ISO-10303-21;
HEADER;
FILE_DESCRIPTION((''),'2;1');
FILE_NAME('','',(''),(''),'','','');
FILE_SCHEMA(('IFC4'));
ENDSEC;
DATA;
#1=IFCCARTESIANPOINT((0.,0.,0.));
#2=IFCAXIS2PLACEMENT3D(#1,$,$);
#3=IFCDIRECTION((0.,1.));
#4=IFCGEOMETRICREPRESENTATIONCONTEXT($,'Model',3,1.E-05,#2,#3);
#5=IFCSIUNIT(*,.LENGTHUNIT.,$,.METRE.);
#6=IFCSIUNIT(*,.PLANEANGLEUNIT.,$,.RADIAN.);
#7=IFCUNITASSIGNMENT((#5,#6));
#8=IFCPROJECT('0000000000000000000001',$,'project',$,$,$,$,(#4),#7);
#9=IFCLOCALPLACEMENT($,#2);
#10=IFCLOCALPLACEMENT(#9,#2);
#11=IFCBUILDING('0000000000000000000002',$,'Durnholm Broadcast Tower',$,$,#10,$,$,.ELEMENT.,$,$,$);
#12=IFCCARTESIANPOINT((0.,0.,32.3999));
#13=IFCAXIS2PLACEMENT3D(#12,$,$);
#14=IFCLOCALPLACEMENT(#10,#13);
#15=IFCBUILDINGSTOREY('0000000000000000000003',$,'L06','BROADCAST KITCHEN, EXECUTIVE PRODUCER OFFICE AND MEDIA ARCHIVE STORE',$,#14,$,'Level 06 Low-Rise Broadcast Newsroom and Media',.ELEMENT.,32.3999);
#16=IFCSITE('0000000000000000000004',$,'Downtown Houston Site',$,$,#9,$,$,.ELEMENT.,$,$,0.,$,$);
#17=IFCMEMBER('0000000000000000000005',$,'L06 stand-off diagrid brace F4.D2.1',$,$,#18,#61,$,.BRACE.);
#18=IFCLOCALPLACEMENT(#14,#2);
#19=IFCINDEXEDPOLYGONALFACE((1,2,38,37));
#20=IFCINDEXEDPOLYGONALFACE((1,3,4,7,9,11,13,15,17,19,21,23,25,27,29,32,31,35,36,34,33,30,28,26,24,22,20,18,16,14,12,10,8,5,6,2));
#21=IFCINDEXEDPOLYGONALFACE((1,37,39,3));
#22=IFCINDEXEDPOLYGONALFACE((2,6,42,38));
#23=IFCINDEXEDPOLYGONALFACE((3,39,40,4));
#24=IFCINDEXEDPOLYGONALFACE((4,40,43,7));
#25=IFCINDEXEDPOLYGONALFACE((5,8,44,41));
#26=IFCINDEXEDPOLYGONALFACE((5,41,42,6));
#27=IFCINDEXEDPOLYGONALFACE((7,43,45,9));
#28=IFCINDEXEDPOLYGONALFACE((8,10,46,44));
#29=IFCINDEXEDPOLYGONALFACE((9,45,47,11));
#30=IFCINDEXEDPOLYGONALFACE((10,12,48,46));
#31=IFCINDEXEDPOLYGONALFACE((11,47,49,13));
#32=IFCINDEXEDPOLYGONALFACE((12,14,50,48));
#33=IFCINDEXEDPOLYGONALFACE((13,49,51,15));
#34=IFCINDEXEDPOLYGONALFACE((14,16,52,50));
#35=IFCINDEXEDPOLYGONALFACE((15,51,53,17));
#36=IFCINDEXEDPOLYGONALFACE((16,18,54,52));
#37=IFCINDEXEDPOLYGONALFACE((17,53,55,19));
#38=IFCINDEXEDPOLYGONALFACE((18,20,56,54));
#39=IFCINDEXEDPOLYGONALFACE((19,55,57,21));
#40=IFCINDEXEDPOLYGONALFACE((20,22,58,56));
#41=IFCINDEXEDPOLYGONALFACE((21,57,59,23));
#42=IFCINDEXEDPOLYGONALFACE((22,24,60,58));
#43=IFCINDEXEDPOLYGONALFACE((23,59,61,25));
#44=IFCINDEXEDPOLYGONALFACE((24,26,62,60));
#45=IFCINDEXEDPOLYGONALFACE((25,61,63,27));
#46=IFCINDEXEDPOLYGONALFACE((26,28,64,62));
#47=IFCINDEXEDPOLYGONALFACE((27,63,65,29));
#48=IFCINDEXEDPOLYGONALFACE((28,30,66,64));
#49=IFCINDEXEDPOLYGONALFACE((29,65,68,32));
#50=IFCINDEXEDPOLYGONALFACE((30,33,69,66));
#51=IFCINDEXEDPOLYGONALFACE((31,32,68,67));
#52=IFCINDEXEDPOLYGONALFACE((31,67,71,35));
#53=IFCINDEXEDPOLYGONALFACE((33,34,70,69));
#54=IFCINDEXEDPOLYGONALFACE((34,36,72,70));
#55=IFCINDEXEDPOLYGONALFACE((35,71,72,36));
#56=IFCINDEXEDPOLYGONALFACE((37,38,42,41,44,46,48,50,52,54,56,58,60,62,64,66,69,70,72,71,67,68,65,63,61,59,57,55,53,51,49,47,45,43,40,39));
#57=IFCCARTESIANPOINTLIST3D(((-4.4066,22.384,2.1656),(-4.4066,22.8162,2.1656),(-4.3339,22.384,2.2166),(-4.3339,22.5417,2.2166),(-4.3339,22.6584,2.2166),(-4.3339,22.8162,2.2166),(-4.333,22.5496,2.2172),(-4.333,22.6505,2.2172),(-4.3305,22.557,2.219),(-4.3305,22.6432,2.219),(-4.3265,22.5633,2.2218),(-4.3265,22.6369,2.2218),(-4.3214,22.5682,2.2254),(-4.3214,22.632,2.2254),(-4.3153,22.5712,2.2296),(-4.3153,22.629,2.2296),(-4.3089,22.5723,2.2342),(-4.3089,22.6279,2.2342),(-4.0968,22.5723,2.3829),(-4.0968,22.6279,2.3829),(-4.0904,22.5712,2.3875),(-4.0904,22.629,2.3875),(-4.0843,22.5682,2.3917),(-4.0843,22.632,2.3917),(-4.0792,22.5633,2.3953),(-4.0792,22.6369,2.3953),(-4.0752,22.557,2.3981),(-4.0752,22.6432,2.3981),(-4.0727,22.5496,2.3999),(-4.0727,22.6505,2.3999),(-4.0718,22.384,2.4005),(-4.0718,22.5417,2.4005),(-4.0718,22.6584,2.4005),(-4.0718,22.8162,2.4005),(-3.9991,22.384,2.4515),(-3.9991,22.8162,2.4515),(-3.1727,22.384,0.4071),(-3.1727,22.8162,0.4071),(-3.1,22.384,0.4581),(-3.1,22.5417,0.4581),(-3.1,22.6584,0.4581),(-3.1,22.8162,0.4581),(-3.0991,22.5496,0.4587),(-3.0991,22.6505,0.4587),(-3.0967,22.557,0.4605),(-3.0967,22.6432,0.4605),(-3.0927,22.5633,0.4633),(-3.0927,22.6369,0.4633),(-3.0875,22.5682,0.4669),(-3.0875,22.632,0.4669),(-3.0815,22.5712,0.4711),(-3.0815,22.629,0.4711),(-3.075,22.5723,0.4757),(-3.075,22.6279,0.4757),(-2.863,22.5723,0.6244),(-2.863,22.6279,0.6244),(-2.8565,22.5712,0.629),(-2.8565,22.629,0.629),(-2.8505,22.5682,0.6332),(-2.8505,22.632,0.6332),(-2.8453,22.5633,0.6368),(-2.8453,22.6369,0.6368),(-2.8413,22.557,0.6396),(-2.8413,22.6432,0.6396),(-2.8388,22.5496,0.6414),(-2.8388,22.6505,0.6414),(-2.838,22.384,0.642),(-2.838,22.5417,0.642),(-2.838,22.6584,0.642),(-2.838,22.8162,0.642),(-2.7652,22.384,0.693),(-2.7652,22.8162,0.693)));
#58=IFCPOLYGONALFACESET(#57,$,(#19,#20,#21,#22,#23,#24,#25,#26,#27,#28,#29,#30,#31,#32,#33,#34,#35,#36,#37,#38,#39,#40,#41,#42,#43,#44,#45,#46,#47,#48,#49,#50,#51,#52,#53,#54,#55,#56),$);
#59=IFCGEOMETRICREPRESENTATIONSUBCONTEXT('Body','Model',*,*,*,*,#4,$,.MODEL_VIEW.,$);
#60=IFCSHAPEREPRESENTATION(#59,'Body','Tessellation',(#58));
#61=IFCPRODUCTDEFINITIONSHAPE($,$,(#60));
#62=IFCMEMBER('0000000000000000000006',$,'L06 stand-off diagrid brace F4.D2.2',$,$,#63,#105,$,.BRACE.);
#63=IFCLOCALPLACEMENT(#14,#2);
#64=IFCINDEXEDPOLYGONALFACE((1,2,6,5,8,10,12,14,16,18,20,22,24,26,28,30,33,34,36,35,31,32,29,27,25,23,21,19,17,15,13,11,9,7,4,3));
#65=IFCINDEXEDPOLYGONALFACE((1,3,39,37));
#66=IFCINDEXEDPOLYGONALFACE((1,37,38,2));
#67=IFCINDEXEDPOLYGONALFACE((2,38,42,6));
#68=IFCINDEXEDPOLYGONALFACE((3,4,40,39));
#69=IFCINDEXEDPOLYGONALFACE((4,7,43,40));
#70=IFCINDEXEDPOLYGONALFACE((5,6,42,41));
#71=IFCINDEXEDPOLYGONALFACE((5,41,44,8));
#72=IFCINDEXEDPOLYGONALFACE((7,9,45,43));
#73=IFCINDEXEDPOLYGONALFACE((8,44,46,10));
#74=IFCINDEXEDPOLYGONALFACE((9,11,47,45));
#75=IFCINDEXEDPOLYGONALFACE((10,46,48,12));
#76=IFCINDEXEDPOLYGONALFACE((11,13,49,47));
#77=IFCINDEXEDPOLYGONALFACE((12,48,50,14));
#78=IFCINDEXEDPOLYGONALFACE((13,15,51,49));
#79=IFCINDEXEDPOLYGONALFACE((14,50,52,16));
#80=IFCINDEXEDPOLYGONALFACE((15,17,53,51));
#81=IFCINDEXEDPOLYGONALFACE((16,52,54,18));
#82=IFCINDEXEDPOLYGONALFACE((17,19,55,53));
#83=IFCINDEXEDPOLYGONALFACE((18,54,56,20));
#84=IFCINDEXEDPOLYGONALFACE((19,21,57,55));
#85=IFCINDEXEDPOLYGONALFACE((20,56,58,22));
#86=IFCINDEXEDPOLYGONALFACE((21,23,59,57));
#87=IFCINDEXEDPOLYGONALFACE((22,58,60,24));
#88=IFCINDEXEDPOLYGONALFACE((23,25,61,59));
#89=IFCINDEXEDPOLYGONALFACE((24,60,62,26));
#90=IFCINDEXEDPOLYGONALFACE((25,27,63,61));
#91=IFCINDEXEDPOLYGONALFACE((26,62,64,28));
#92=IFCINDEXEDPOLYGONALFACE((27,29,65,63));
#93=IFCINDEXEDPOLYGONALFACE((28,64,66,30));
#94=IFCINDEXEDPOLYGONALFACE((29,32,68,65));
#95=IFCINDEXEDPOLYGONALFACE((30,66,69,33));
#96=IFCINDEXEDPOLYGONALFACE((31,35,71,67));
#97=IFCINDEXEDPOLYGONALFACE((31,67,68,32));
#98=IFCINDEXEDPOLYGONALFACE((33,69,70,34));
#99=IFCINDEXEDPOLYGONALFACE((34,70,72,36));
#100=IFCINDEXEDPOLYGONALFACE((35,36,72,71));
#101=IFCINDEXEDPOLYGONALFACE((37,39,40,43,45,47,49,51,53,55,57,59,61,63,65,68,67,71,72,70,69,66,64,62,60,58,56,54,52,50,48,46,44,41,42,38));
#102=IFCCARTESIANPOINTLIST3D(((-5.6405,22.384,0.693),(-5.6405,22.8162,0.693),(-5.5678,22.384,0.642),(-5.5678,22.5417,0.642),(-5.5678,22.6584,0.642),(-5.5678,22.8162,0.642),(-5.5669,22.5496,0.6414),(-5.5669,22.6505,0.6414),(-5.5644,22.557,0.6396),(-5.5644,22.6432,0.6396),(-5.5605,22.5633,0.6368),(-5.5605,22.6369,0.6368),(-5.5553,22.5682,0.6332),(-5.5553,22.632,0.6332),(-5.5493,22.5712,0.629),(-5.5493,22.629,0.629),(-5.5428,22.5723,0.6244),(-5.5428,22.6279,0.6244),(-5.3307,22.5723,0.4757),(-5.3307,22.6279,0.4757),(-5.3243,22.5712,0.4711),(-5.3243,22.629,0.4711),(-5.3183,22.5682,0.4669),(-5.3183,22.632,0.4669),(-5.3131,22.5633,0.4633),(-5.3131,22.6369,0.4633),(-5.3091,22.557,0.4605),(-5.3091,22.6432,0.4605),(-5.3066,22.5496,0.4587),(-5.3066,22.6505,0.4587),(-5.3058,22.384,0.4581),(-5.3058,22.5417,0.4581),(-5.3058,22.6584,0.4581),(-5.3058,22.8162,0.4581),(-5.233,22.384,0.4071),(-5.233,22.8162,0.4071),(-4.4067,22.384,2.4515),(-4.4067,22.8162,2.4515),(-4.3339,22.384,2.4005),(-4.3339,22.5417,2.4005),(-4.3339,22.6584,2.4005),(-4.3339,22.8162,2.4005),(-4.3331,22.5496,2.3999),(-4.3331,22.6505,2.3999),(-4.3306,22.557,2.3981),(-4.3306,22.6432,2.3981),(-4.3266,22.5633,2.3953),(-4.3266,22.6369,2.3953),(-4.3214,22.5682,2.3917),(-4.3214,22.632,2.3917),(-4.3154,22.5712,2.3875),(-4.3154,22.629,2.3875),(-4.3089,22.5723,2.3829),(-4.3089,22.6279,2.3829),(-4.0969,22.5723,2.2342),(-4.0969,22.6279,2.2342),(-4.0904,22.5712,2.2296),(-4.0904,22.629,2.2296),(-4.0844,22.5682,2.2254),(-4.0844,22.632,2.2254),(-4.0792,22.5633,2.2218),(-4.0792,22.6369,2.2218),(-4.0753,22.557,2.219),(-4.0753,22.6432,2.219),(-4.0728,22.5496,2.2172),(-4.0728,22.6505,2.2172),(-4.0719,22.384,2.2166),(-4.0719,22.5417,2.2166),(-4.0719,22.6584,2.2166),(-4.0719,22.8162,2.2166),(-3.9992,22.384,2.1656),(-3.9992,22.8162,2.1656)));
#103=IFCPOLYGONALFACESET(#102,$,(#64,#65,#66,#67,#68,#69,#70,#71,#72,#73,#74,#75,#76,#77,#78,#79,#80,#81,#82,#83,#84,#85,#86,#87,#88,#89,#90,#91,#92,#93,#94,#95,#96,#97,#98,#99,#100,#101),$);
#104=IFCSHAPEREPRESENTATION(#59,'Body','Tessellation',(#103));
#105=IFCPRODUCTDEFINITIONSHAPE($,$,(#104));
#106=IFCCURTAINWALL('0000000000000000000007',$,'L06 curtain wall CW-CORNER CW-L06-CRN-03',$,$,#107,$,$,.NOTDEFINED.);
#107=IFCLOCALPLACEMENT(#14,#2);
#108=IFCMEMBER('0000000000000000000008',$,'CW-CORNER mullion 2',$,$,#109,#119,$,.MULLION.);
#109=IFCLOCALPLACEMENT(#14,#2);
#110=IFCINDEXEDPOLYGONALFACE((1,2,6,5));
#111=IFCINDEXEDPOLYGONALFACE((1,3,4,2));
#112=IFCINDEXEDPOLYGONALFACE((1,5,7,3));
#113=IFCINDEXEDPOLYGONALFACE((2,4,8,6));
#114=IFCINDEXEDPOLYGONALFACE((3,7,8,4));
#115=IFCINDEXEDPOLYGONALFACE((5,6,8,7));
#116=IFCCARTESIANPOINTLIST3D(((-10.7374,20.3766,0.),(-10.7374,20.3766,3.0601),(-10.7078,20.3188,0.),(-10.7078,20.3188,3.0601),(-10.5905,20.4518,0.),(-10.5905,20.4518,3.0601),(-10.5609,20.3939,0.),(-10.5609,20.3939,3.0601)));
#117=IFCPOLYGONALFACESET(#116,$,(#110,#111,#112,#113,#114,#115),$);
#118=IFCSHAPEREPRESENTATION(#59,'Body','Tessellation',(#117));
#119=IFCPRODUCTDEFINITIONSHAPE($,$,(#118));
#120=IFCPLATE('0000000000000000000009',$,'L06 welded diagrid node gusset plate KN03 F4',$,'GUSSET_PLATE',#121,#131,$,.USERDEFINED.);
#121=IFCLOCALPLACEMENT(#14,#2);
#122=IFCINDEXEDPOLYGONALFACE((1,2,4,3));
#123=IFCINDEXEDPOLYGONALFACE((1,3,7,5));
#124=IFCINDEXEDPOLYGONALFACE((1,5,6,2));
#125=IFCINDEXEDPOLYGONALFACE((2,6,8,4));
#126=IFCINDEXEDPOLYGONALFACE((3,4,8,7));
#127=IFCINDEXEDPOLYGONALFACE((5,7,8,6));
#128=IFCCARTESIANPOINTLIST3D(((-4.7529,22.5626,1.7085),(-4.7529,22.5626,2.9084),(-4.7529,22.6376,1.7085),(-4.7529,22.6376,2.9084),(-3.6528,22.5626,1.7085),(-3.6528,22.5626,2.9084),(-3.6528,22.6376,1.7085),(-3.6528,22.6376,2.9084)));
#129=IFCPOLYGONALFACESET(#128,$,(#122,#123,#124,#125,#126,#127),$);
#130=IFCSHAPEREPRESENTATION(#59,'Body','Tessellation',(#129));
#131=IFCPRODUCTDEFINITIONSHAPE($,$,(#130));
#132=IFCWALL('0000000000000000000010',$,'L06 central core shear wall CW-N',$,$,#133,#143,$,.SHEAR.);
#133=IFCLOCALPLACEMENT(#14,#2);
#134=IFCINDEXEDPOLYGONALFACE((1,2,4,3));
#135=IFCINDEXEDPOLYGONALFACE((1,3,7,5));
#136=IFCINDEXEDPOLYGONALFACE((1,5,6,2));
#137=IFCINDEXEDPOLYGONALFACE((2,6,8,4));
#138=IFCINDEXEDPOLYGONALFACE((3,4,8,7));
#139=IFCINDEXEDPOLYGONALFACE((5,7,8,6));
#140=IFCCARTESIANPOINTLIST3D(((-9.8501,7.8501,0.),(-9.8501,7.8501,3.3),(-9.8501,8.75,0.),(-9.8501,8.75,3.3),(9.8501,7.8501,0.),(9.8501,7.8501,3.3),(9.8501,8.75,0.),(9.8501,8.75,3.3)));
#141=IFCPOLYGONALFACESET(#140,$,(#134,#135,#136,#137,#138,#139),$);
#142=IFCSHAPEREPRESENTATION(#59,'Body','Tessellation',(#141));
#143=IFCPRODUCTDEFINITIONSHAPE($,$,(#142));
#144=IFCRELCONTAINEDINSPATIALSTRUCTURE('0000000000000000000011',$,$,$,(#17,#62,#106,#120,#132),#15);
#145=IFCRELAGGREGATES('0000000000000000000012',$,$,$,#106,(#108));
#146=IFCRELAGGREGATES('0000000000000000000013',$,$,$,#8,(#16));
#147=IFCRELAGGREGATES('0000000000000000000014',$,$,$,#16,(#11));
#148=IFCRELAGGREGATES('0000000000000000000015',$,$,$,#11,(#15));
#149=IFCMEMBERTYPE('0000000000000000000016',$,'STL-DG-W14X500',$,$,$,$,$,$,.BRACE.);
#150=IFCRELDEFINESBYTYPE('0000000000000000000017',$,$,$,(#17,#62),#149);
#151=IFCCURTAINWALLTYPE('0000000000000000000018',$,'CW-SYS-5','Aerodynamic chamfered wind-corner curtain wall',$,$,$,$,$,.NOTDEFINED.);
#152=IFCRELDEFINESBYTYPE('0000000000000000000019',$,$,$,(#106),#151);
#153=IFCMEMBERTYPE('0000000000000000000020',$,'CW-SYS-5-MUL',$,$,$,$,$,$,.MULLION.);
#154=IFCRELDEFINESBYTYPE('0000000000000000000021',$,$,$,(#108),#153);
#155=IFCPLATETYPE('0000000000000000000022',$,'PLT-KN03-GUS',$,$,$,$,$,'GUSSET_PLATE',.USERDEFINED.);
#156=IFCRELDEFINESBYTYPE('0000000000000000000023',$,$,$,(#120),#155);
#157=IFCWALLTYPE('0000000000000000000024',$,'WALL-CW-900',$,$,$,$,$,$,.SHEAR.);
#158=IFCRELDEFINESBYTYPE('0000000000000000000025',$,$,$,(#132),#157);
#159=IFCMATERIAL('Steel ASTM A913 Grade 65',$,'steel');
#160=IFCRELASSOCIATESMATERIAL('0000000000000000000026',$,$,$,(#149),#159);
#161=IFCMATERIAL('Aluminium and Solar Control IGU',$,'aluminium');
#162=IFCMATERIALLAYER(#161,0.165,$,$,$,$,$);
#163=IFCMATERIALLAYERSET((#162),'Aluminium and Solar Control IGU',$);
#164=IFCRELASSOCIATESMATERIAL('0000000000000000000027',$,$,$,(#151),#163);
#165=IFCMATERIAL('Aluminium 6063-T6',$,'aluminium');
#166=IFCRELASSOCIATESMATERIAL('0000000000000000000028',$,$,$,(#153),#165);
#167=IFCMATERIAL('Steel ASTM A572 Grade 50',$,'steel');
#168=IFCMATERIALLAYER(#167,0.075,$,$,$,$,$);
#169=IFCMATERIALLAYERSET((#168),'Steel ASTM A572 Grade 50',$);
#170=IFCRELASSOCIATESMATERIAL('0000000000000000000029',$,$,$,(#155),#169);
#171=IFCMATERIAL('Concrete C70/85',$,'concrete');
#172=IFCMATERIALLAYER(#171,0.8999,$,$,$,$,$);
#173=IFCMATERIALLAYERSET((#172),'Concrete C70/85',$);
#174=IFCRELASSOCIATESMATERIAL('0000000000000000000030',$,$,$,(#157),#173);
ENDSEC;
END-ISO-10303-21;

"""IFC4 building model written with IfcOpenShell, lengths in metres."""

from ifc_helpers import new_model, si_unit, direction, frame, frame_2d, origin, origin_2d, place, context, subcontext, project, spatial, rectangle, i_section, extrude, source, transform, mapped, material, layer, layer_set, material_profile, profile_set, type_object, type_shapes, element, aggregate, save


model = new_model("IFC4")

# Units and contexts
model_context = context("Model", 3, precision=1e-05, world=origin(), true_north=direction((0.0, 1.0)))
body_context = subcontext(model_context, "Body", "Model", "MODEL_VIEW")
ifc_project = project(units=[si_unit("LENGTHUNIT", "METRE"), si_unit("PLANEANGLEUNIT", "RADIAN")], contexts=[model_context])

# Site, building, storey
site_placement = place(None, origin())
site = spatial("IfcSite", under=ifc_project, at=site_placement, Name="Downtown Houston Site", CompositionType="ELEMENT", RefElevation=0.0)
building_placement = place(site_placement, origin())
building = spatial("IfcBuilding", under=site, at=building_placement, Name="Durnholm Broadcast Tower", CompositionType="ELEMENT")
storey_placement = place(building_placement, frame((0.0, 0.0, 32.3999)))
storey = spatial("IfcBuildingStorey", under=building, at=storey_placement, Name="L06", Description="BROADCAST KITCHEN, EXECUTIVE PRODUCER OFFICE AND MEDIA ARCHIVE STORE", LongName="Level 06 Low-Rise Broadcast Newsroom and Media", CompositionType="ELEMENT", Elevation=32.3999)

# Shared definitions
ifc_material_1 = material(Name="Concrete C70/85", Category="concrete")

# Members
ifc_material_2 = material(Name="Steel ASTM A913 Grade 65", Category="steel")
ifc_material_profile_1 = material_profile(ifc_material_2, i_section(OverallWidth=0.4321, OverallDepth=0.4978, WebThickness=0.0557, FlangeThickness=0.0889, FilletRadius=0.0305, at=origin_2d()), Name="W14X500")
ifc_profile_set_1 = profile_set([ifc_material_profile_1], Name="Steel ASTM A913 Grade 65")
member_type_1 = type_object("IfcMemberType", Name="STL-DG-W14X500", PredefinedType="BRACE", material=ifc_profile_set_1)
shared_shape_1 = source(origin(), body_context, "Body", "SweptSolid", [
    extrude(i_section(OverallWidth=0.4321, OverallDepth=0.4978, WebThickness=0.0557, FlangeThickness=0.0889, FilletRadius=0.0305, at=origin_2d()), origin(), (0.0, 0.0, 1.0), 2.1482),
])
type_shapes(member_type_1, [shared_shape_1])
for number, where, z_axis, x_axis, name in (
    (1, (-2.969, 22.6001, 0.55), (-0.57437, 0.0, 0.818596), (0.0, -1.0, 0.0), "L06 stand-off diagrid brace F4.D2.1"),
    (2, (-5.4368, 22.6001, 0.55), (0.57437, 0.0, 0.818596), (0.0, 1.0, 0.0), "L06 stand-off diagrid brace F4.D2.2"),
):
    element("IfcMember", number, at=place(storey_placement, frame(where, z_axis=z_axis, x_axis=x_axis)), inside=storey, type_object=member_type_1, Name=name, PredefinedType="BRACE", context=body_context, shape_type="MappedRepresentation", body=[
        mapped(shared_shape_1, transform((0.0, 0.0, 0.0), x_axis=(1.0, 0.0, 0.0), y_axis=(0.0, 1.0, 0.0), z_axis=(0.0, 0.0, 1.0), scale=1.0)),
    ])

# Curtain wall, member
ifc_material_3 = material(Name="Aluminium and Solar Control IGU", Category="aluminium")
ifc_layer_1 = layer(ifc_material_3, 0.165)
ifc_layer_set_1 = layer_set([ifc_layer_1], Name="Aluminium and Solar Control IGU")
curtain_wall_type = type_object("IfcCurtainWallType", Name="CW-SYS-5", Description="Aerodynamic chamfered wind-corner curtain wall", PredefinedType="NOTDEFINED", material=ifc_layer_set_1)
curtain_wall_placement = place(storey_placement, origin())
curtain_wall = element("IfcCurtainWall", 3, at=curtain_wall_placement, inside=storey, type_object=curtain_wall_type, Name="L06 curtain wall CW-CORNER CW-L06-CRN-03", PredefinedType="NOTDEFINED")
ifc_material_4 = material(Name="Aluminium 6063-T6", Category="aluminium")
ifc_material_profile_2 = material_profile(ifc_material_4, rectangle(XDim=0.0649, YDim=0.165, at=origin_2d()), Name="CWM65X165")
ifc_profile_set_2 = profile_set([ifc_material_profile_2], Name="Aluminium 6063-T6")
member_type_2 = type_object("IfcMemberType", Name="CW-SYS-5-MUL", PredefinedType="MULLION", material=ifc_profile_set_2)
shared_shape_2 = source(origin(), body_context, "Body", "SweptSolid", [
    extrude(rectangle(XDim=0.0649, YDim=0.165, at=origin_2d()), origin(), (0.0, 0.0, 1.0), 3.0601),
])
type_shapes(member_type_2, [shared_shape_2])
member_placement = place(storey_placement, frame((-10.6492, 20.3853, 0.0), z_axis=(0.0, 0.0, 1.0), x_axis=(-0.455594, 0.890188, 0.0)))
member = element("IfcMember", 4, at=member_placement, type_object=member_type_2, Name="CW-CORNER mullion 2", PredefinedType="MULLION", context=body_context, shape_type="MappedRepresentation", body=[
    mapped(shared_shape_2, transform((0.0, 0.0, 0.0), x_axis=(1.0, 0.0, 0.0), y_axis=(0.0, 1.0, 0.0), z_axis=(0.0, 0.0, 1.0), scale=1.0)),
])
aggregate(curtain_wall, [member])

# Plate
ifc_material_5 = material(Name="Steel ASTM A572 Grade 50", Category="steel")
ifc_layer_2 = layer(ifc_material_5, 0.075)
ifc_layer_set_2 = layer_set([ifc_layer_2], Name="Steel ASTM A572 Grade 50")
plate_type = type_object("IfcPlateType", Name="PLT-KN03-GUS", ElementType="GUSSET_PLATE", PredefinedType="USERDEFINED", material=ifc_layer_set_2)
shared_shape_3 = source(origin(), body_context, "Body", "SweptSolid", [
    extrude(rectangle(XDim=1.1001, YDim=0.075, at=origin_2d()), origin(), (0.0, 0.0, 1.0), 1.2),
])
type_shapes(plate_type, [shared_shape_3])
plate_placement = place(storey_placement, frame((-4.2029, 22.6001, 1.7085), z_axis=(0.0, 0.0, 1.0), x_axis=(-1.0, 0.0, 0.0)))
element("IfcPlate", 5, at=plate_placement, inside=storey, type_object=plate_type, Name="L06 welded diagrid node gusset plate KN03 F4", ObjectType="GUSSET_PLATE", PredefinedType="USERDEFINED", context=body_context, shape_type="MappedRepresentation", body=[
    mapped(shared_shape_3, transform((0.0, 0.0, 0.0), x_axis=(1.0, 0.0, 0.0), y_axis=(0.0, 1.0, 0.0), z_axis=(0.0, 0.0, 1.0), scale=1.0)),
])

# Wall
ifc_layer_3 = layer(ifc_material_1, 0.8999)
ifc_layer_set_3 = layer_set([ifc_layer_3], Name="Concrete C70/85")
wall_type_1 = type_object("IfcWallType", Name="WALL-CW-900", PredefinedType="SHEAR", material=ifc_layer_set_3)
wall_1_placement = place(storey_placement, frame((-9.8501, 8.3, 0.0), z_axis=(0.0, 0.0, 1.0), x_axis=(1.0, 0.0, 0.0)))
element("IfcWall", 6, at=wall_1_placement, inside=storey, type_object=wall_type_1, Name="L06 central core shear wall CW-N", PredefinedType="SHEAR", context=body_context, shape_type="SweptSolid", body=[
    extrude(rectangle(XDim=19.7002, YDim=0.8999, at=frame_2d((9.8501, 0.0))), origin(), (0.0, 0.0, 1.0), 3.3),
])

save(model, "model.ifc")
